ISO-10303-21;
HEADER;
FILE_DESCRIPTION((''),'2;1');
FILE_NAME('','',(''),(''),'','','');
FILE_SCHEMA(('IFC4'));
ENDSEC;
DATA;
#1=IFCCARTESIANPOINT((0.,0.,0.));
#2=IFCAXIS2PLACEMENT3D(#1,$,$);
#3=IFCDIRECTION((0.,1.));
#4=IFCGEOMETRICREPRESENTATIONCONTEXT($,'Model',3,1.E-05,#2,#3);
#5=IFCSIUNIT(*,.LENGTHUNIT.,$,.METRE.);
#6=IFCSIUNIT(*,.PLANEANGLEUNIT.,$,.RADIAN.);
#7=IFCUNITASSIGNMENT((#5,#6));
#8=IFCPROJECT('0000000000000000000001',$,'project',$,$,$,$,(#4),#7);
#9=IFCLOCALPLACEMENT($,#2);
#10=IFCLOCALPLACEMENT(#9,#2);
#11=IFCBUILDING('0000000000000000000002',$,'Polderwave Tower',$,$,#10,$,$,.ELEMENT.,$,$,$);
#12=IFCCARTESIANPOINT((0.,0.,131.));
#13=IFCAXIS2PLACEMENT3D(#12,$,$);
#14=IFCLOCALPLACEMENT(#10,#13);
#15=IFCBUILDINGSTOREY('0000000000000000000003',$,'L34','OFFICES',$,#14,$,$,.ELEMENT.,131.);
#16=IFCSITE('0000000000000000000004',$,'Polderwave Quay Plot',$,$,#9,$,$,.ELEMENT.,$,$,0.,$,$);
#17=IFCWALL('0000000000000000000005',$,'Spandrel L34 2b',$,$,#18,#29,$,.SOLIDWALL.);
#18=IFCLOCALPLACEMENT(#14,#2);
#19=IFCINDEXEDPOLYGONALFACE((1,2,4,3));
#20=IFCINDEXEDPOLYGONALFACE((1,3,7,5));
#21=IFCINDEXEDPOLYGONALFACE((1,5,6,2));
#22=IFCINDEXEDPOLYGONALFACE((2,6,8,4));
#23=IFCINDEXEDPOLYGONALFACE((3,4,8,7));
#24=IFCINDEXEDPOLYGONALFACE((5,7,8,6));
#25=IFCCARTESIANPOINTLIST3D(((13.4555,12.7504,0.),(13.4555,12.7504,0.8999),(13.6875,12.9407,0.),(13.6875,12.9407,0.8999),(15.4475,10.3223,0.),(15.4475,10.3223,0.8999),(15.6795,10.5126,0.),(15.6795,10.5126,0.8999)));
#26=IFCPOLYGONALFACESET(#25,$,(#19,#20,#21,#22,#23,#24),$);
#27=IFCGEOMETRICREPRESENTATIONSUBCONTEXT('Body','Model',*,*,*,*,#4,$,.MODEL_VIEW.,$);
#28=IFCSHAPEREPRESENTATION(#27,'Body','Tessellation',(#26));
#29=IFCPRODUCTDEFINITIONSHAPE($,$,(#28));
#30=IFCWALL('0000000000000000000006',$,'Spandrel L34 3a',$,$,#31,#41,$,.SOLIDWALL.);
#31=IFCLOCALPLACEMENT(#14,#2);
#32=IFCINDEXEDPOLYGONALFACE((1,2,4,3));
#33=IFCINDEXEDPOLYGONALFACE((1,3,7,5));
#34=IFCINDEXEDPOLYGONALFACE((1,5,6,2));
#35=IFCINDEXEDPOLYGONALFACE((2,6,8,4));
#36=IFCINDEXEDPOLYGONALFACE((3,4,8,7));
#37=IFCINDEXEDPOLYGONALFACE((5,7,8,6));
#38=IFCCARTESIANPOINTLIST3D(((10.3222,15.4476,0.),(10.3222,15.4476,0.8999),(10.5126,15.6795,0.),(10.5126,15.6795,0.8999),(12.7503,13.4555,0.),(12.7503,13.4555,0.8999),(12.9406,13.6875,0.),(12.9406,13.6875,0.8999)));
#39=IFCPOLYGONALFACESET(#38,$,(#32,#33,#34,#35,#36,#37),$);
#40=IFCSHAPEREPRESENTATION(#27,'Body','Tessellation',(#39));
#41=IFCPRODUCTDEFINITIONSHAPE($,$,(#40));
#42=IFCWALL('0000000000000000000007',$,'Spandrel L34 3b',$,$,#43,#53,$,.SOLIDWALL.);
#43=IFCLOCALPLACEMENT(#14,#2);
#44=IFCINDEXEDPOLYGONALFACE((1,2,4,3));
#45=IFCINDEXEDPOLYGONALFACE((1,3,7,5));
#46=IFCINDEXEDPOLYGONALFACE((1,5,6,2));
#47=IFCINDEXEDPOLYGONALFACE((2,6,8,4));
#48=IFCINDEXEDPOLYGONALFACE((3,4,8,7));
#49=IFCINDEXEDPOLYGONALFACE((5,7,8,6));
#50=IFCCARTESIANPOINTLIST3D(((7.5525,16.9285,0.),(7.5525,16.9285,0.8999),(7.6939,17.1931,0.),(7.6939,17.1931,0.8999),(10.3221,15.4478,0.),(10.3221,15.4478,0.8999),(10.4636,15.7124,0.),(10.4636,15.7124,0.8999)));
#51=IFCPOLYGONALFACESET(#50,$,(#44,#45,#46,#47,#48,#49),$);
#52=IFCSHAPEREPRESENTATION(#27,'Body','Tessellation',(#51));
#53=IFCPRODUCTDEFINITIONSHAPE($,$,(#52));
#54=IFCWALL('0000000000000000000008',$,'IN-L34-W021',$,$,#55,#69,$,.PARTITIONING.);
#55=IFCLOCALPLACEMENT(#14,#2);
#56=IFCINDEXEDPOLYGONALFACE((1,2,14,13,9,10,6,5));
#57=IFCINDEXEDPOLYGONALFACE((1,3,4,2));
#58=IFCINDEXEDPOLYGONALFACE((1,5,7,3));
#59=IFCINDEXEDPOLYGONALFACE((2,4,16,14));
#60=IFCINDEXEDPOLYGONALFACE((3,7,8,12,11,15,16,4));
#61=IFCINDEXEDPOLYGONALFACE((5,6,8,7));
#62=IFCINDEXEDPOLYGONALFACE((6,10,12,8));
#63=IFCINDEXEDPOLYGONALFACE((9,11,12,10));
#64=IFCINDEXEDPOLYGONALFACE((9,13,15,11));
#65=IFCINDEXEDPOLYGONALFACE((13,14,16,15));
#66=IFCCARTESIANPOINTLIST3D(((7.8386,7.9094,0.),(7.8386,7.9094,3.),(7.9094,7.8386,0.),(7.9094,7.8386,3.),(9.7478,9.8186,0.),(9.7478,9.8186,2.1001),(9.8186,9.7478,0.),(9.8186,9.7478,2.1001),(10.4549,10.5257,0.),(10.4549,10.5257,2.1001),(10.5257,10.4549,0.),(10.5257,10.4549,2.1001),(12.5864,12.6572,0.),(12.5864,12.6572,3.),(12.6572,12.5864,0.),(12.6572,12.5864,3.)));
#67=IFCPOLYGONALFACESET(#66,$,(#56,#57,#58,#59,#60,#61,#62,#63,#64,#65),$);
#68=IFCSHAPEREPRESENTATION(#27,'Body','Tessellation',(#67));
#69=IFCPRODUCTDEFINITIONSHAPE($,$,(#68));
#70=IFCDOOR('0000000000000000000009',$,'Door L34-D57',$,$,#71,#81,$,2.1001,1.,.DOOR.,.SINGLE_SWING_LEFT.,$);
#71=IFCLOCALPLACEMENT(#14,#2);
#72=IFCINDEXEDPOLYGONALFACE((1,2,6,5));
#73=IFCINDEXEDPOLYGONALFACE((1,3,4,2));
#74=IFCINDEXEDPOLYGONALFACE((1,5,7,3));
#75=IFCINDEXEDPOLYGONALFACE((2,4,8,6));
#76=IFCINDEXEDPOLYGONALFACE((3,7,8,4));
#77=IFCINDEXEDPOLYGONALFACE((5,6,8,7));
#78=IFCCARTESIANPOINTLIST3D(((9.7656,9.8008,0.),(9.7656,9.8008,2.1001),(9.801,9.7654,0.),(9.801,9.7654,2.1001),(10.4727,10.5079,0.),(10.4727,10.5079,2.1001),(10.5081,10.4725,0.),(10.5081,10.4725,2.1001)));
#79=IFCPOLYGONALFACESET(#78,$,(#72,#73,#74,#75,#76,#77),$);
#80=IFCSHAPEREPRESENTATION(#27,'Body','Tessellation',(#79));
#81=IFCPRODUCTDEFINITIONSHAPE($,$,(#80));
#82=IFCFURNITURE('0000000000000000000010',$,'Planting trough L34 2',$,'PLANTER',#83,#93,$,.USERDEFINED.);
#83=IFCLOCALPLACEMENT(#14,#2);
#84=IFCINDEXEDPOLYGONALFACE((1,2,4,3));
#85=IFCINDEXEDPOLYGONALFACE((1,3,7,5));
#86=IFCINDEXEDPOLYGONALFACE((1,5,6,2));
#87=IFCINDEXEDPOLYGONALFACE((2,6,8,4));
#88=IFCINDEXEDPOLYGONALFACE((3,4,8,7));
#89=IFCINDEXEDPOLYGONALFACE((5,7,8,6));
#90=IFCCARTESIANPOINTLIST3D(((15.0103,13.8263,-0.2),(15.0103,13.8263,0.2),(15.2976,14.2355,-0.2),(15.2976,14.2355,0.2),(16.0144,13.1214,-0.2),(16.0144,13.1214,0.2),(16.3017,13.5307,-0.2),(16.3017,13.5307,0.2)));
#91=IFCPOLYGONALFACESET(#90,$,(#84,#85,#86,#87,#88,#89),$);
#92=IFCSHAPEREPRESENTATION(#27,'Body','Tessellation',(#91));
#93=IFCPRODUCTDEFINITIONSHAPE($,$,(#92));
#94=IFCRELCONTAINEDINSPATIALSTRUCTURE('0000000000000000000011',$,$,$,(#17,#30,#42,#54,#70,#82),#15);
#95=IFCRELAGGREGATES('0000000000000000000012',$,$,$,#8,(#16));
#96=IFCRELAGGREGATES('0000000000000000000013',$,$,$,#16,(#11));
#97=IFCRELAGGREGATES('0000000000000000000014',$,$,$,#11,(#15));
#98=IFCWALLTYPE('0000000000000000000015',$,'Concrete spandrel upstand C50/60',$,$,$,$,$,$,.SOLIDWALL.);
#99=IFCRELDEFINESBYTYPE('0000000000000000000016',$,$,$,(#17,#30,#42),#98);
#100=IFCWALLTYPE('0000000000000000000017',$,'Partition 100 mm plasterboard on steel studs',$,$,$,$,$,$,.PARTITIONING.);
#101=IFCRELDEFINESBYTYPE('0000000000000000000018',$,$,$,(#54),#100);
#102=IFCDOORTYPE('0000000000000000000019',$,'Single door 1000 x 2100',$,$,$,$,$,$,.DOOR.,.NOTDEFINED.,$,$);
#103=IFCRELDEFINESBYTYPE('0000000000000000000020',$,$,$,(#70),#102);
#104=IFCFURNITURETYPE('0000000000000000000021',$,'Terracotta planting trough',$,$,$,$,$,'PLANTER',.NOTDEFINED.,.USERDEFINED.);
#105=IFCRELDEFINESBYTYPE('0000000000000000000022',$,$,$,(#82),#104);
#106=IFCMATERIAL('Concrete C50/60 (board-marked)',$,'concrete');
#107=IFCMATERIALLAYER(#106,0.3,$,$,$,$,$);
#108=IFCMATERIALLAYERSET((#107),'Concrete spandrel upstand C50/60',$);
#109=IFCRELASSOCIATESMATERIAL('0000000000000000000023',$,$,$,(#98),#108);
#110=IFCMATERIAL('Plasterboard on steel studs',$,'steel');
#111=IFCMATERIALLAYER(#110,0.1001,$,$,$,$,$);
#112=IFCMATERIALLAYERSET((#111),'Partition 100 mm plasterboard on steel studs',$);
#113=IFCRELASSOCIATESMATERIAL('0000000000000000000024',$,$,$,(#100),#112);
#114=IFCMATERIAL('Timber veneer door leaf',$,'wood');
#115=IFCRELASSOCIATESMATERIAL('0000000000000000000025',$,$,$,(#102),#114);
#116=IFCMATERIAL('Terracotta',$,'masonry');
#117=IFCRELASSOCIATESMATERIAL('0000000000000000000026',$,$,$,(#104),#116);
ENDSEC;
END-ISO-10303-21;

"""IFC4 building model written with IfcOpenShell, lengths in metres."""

from ifc_helpers import new_model, si_unit, direction, frame, frame_2d, origin, origin_2d, place, context, subcontext, project, spatial, rectangle, extrude, material, layer, layer_set, type_object, element, fill, save


model = new_model("IFC4")

# Units and contexts
model_context = context("Model", 3, precision=1e-05, world=origin(), true_north=direction((0.0, 1.0)))
body_context = subcontext(model_context, "Body", "Model", "MODEL_VIEW")
ifc_project = project(units=[si_unit("LENGTHUNIT", "METRE"), si_unit("PLANEANGLEUNIT", "RADIAN")], contexts=[model_context])

# Site, building, storey
site_placement = place(None, origin())
site = spatial("IfcSite", under=ifc_project, at=site_placement, Name="Polderwave Quay Plot", CompositionType="ELEMENT", RefElevation=0.0)
building_placement = place(site_placement, origin())
building = spatial("IfcBuilding", under=site, at=building_placement, Name="Polderwave Tower", CompositionType="ELEMENT")
storey_placement = place(building_placement, frame((0.0, 0.0, 131.0)))
storey = spatial("IfcBuildingStorey", under=building, at=storey_placement, Name="L34", Description="OFFICES", CompositionType="ELEMENT", Elevation=131.0)

# Walls
ifc_material_1 = material(Name="Concrete C50/60 (board-marked)", Category="concrete")
ifc_layer_1 = layer(ifc_material_1, 0.3)
ifc_layer_set_1 = layer_set([ifc_layer_1], Name="Concrete spandrel upstand C50/60")
wall_type_1 = type_object("IfcWallType", Name="Concrete spandrel upstand C50/60", PredefinedType="SOLIDWALL", material=ifc_layer_set_1)
for number, where, z_axis, x_axis, name in (
    (1, (15.5635, 10.4175, 0.0), (0.0, 0.0, 1.0), (-0.63427, 0.773111, 0.0), "Spandrel L34 2b"),
    (2, (12.8455, 13.5715, 0.0), (0.0, 0.0, 1.0), (-0.773111, 0.63427, 0.0), "Spandrel L34 3a"),
    (3, (10.3928, 15.5801, 0.0), (0.0, 0.0, 1.0), (-0.881873, 0.471488, 0.0), "Spandrel L34 3b"),
):
    element("IfcWall", number, at=place(storey_placement, frame(where, z_axis=z_axis, x_axis=x_axis)), inside=storey, type_object=wall_type_1, Name=name, PredefinedType="SOLIDWALL", context=body_context, shape_type="SweptSolid", body=[
        extrude(rectangle(XDim=3.1406, YDim=0.3, at=frame_2d((1.5703, 0.0))), origin(), (0.0, 0.0, 1.0), 0.8999),
    ])

# Wall, opening, door
ifc_material_2 = material(Name="Plasterboard on steel studs", Category="steel")
ifc_layer_2 = layer(ifc_material_2, 0.1001)
ifc_layer_set_2 = layer_set([ifc_layer_2], Name="Partition 100 mm plasterboard on steel studs")
wall_type_2 = type_object("IfcWallType", Name="Partition 100 mm plasterboard on steel studs", PredefinedType="PARTITIONING", material=ifc_layer_set_2)
wall_placement = place(storey_placement, frame((7.874, 7.874, 0.0), z_axis=(0.0, 0.0, 1.0), x_axis=(0.707107, 0.707107, 0.0)))
wall = element("IfcWall", 4, at=wall_placement, inside=storey, type_object=wall_type_2, Name="IN-L34-W021", PredefinedType="PARTITIONING", context=body_context, shape_type="SweptSolid", body=[
    extrude(rectangle(XDim=6.7144, YDim=0.1001, at=frame_2d((3.3572, 0.0))), origin(), (0.0, 0.0, 1.0), 3.0),
])
opening_placement = place(wall_placement, frame((2.7, 0.0, 0.0)))
opening = element("IfcOpeningElement", 5, at=opening_placement, cuts=wall, PredefinedType="OPENING", context=body_context, shape_type="SweptSolid", body=[
    extrude(rectangle(XDim=1.0, YDim=2.1001, at=frame_2d((0.5, 1.05))), frame((0.0, 0.0601, 0.0), z_axis=(0.0, -1.0, 0.0), x_axis=(1.0, 0.0, 0.0)), (0.0, 0.0, 1.0), 0.1201),
])
ifc_material_3 = material(Name="Timber veneer door leaf", Category="wood")
door_type = type_object("IfcDoorType", Name="Single door 1000 x 2100", OperationType="NOTDEFINED", PredefinedType="DOOR", material=ifc_material_3)
door_placement = place(opening_placement, origin())
door = element("IfcDoor", 6, at=door_placement, inside=storey, type_object=door_type, Name="Door L34-D57", OperationType="SINGLE_SWING_LEFT", OverallHeight=2.1001, OverallWidth=1.0, PredefinedType="DOOR", context=body_context, shape_type="SweptSolid", body=[
    extrude(rectangle(XDim=1.0, YDim=2.1001, at=frame_2d((0.5, 1.05))), frame((0.0, 0.0249, 0.0), z_axis=(0.0, -1.0, 0.0), x_axis=(1.0, 0.0, 0.0)), (0.0, 0.0, 1.0), 0.05),
])
fill(opening, door)

# Furniture
ifc_material_4 = material(Name="Terracotta", Category="masonry")
furniture_type = type_object("IfcFurnitureType", Name="Terracotta planting trough", ElementType="PLANTER", AssemblyPlace="NOTDEFINED", PredefinedType="USERDEFINED", material=ifc_material_4)
furniture_placement = place(storey_placement, frame((15.656, 13.6785, -0.2), z_axis=(0.0, 0.0, 1.0), x_axis=(-0.818482, 0.574533, 0.0)))
element("IfcFurniture", 7, at=furniture_placement, inside=storey, type_object=furniture_type, Name="Planting trough L34 2", ObjectType="PLANTER", PredefinedType="USERDEFINED", context=body_context, shape_type="SweptSolid", body=[
    extrude(rectangle(XDim=1.2268, YDim=0.5, at=origin_2d()), origin(), (0.0, 0.0, 1.0), 0.3999),
])

save(model, "model.ifc")
